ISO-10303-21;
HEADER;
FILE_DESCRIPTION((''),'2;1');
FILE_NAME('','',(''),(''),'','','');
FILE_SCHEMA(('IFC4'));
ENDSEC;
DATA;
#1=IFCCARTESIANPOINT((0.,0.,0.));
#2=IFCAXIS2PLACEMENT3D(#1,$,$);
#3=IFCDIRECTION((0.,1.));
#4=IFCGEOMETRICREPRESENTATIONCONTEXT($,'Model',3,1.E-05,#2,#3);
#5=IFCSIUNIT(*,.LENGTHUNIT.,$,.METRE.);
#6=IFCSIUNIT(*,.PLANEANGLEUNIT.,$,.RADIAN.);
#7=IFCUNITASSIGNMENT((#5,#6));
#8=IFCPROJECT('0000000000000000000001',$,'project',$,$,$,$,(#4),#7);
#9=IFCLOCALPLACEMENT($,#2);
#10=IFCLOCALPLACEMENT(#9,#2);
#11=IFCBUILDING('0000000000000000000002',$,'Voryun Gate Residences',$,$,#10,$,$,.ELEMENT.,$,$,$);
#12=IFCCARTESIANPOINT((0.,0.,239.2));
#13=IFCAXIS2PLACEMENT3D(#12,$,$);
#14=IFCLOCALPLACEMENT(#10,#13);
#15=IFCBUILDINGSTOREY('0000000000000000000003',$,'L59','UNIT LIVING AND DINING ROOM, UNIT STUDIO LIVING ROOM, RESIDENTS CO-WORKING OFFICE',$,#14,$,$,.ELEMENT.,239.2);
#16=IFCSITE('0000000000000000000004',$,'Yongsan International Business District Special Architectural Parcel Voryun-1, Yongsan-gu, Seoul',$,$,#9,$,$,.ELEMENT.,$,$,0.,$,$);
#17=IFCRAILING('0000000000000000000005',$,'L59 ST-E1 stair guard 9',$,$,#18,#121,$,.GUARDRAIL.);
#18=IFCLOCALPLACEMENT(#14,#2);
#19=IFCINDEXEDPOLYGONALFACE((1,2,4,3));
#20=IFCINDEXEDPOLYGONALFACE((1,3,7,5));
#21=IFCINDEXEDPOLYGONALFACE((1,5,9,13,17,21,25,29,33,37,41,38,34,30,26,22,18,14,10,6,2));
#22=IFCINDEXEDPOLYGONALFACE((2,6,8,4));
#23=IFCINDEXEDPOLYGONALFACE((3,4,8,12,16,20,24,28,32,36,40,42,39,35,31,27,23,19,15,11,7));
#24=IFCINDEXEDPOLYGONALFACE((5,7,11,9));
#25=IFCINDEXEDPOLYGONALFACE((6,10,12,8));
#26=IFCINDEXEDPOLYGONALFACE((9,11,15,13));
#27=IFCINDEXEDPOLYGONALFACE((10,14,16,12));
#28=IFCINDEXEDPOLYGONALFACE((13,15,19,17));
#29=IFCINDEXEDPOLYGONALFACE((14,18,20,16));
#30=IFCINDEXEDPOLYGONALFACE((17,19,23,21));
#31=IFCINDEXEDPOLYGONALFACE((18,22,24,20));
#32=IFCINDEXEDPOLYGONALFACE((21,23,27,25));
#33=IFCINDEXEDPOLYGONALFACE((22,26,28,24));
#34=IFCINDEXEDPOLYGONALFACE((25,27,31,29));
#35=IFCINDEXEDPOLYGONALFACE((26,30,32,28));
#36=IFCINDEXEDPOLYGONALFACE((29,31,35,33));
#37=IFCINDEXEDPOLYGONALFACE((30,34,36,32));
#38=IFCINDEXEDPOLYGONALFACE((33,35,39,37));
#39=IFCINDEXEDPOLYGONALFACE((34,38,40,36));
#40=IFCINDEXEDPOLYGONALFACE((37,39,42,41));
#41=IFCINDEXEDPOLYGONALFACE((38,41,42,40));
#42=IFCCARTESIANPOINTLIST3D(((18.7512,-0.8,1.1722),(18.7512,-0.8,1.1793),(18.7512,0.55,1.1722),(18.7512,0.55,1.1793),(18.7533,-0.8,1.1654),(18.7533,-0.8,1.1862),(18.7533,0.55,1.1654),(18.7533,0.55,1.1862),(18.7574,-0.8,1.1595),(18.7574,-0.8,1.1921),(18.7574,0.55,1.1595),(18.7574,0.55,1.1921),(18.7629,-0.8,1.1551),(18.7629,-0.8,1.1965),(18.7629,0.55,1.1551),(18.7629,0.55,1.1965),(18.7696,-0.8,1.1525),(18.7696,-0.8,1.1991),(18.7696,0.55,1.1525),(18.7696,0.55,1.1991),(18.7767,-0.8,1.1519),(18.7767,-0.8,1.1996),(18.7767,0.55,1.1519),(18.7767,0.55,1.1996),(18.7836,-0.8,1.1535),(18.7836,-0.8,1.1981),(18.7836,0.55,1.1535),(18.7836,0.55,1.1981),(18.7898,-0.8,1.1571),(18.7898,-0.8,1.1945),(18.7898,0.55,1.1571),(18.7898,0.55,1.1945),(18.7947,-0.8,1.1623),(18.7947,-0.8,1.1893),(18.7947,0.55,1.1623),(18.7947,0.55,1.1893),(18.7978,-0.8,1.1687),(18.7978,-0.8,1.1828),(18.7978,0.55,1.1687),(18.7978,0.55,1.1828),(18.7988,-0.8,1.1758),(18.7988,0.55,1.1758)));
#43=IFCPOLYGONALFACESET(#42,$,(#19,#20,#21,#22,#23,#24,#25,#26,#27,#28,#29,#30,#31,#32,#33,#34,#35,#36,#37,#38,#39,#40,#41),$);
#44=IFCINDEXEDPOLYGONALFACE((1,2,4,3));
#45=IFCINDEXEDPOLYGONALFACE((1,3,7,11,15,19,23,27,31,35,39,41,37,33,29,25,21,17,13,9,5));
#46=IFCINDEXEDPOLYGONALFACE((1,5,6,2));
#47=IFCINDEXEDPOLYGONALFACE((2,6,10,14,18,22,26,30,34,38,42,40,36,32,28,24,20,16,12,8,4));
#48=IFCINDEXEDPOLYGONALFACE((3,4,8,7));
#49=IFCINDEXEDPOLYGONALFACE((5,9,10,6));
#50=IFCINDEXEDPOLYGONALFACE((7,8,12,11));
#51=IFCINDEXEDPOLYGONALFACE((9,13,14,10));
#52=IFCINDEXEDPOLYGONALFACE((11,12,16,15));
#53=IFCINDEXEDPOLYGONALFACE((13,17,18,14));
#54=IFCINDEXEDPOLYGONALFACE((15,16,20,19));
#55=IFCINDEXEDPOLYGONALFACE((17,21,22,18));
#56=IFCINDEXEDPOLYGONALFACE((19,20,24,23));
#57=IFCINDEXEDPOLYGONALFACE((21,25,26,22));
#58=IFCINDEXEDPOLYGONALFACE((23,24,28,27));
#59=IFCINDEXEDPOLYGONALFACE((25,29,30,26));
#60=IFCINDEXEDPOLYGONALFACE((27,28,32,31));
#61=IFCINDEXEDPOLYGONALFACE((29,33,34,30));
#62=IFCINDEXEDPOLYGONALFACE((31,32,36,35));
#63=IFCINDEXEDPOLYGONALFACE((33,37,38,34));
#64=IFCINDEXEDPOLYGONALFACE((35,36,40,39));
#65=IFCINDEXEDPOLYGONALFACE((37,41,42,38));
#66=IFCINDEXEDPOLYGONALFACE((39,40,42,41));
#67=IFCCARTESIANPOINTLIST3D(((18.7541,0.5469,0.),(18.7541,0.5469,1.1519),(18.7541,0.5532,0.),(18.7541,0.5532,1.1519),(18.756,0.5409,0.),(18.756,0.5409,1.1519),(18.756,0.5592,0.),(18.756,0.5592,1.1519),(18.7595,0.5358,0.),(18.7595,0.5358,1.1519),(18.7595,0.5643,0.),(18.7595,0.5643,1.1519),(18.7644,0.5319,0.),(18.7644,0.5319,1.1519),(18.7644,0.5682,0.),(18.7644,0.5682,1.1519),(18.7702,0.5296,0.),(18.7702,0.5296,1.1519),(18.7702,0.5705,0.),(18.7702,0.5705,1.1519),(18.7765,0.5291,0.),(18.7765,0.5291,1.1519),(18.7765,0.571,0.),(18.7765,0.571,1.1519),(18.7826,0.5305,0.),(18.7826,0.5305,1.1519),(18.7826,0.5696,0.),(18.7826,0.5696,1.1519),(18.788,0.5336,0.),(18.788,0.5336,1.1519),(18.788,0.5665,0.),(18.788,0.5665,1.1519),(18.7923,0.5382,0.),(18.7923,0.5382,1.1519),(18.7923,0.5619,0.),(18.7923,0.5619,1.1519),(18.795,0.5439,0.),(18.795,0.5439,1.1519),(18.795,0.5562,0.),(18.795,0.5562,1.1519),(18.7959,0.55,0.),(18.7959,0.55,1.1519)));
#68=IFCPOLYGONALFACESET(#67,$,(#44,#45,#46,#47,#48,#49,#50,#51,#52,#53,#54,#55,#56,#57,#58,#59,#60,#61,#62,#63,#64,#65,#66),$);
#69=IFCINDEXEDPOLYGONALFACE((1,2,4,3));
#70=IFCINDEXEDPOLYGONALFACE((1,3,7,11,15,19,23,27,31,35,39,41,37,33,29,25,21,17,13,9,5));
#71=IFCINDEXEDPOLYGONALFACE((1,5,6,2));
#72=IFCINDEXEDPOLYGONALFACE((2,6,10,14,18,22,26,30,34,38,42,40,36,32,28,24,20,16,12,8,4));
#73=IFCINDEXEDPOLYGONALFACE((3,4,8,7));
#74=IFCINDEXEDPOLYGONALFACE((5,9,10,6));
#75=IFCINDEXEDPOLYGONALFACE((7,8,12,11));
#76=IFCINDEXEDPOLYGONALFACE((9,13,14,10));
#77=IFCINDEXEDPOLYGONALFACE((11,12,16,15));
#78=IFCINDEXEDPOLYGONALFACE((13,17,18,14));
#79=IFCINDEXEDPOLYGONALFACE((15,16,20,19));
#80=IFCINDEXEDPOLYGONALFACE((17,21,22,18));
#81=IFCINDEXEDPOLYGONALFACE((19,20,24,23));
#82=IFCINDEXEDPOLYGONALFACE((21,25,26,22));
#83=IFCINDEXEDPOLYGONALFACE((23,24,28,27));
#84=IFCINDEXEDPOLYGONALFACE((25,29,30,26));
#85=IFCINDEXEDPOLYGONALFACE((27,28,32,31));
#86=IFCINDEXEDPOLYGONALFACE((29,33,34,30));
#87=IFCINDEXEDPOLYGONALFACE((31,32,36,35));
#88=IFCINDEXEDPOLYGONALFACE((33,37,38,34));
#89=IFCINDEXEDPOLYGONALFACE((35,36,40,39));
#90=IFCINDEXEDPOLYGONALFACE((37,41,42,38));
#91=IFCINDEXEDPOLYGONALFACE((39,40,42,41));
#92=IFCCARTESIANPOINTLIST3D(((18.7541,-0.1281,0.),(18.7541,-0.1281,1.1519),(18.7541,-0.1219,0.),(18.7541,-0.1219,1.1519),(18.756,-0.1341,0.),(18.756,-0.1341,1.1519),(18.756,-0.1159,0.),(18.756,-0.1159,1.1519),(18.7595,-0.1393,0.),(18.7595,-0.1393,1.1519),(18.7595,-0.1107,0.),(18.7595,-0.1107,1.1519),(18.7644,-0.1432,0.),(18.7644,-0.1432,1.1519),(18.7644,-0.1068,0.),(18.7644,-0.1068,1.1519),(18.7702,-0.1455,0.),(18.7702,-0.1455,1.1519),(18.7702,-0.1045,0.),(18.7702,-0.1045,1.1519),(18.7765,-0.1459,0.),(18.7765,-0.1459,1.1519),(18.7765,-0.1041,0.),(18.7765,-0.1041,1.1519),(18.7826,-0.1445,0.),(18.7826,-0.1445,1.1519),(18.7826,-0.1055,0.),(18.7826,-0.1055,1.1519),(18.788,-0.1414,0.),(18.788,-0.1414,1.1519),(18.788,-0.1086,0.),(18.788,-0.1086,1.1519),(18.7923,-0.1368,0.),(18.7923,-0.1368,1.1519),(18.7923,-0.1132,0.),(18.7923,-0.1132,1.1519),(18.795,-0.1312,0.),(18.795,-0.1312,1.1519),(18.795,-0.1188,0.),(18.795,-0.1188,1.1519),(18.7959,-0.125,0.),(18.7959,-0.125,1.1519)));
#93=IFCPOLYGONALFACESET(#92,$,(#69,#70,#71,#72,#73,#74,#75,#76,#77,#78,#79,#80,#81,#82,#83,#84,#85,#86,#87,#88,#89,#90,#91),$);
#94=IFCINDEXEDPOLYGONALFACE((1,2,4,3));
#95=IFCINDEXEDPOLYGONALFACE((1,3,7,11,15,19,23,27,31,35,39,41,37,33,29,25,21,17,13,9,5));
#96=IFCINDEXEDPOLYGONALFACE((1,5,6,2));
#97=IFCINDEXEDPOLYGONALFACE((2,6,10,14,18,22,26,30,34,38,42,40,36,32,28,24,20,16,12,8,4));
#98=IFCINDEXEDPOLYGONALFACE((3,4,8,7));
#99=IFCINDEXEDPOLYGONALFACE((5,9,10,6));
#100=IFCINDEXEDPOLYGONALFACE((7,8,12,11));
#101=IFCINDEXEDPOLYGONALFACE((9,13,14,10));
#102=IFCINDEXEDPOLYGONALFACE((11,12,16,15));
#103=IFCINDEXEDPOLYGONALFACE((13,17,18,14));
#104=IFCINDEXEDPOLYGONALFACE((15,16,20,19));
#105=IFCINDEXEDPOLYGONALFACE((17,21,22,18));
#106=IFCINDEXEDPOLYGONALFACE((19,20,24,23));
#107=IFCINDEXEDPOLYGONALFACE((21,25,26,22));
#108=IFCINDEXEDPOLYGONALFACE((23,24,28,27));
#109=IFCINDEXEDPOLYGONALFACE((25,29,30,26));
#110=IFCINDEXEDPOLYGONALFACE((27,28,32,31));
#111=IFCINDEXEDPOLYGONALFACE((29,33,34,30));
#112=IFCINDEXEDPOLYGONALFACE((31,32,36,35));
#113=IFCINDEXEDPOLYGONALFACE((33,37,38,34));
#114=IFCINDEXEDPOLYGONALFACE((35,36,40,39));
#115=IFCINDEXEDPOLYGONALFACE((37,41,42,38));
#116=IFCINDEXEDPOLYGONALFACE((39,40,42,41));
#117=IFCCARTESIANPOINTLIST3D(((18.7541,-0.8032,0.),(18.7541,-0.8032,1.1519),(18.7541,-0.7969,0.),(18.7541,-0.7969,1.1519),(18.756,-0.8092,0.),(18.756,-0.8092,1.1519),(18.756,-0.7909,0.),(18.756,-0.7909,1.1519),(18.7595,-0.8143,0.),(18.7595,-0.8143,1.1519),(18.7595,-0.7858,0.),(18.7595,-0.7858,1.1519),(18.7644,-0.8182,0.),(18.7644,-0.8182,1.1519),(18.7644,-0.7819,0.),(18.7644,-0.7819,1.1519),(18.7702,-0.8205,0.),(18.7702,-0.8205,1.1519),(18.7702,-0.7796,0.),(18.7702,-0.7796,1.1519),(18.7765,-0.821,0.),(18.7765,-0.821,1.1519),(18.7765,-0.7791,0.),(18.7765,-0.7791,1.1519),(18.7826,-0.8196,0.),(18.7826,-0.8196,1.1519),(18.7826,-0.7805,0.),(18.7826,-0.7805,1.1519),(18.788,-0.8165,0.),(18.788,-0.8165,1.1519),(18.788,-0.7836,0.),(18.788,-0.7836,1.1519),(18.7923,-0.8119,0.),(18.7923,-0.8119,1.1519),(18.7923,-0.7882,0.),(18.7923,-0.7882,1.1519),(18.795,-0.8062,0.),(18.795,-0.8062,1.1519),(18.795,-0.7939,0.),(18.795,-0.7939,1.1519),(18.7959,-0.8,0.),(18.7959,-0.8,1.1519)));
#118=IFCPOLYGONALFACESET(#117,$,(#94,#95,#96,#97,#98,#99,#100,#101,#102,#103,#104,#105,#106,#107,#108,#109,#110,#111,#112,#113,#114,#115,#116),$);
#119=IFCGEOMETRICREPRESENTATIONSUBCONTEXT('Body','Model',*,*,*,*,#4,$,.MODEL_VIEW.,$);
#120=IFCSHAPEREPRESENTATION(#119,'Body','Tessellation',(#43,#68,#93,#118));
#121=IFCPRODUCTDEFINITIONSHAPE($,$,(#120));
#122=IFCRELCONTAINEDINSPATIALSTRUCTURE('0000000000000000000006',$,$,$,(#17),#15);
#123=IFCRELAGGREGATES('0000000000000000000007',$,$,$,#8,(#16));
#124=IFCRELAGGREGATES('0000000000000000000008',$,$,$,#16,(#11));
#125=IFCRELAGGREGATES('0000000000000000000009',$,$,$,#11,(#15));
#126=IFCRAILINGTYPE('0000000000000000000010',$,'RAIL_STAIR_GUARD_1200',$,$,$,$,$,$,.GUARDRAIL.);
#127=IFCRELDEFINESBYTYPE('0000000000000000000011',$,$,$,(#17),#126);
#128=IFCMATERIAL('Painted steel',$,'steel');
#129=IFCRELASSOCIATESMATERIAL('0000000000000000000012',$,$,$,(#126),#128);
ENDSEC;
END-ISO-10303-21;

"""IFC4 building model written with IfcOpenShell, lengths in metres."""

from ifc_helpers import new_model, si_unit, direction, frame, origin, origin_2d, place, context, subcontext, project, spatial, circle, extrude, material, type_object, element, save


model = new_model("IFC4")

# Units and contexts
model_context = context("Model", 3, precision=1e-05, world=origin(), true_north=direction((0.0, 1.0)))
body_context = subcontext(model_context, "Body", "Model", "MODEL_VIEW")
ifc_project = project(units=[si_unit("LENGTHUNIT", "METRE"), si_unit("PLANEANGLEUNIT", "RADIAN")], contexts=[model_context])

# Site, building, storey
site_placement = place(None, origin())
site = spatial("IfcSite", under=ifc_project, at=site_placement, Name="Yongsan International Business District Special Architectural Parcel Voryun-1, Yongsan-gu, Seoul", CompositionType="ELEMENT", RefElevation=0.0)
building_placement = place(site_placement, origin())
building = spatial("IfcBuilding", under=site, at=building_placement, Name="Voryun Gate Residences", CompositionType="ELEMENT")
storey_placement = place(building_placement, frame((0.0, 0.0, 239.2)))
storey = spatial("IfcBuildingStorey", under=building, at=storey_placement, Name="L59", Description="UNIT LIVING AND DINING ROOM, UNIT STUDIO LIVING ROOM, RESIDENTS CO-WORKING OFFICE", CompositionType="ELEMENT", Elevation=239.2)

# Railing
ifc_material_1 = material(Name="Painted steel", Category="steel")
railing_type = type_object("IfcRailingType", Name="RAIL_STAIR_GUARD_1200", PredefinedType="GUARDRAIL", material=ifc_material_1)
railing_1_placement = place(storey_placement, frame((18.7749, 0.55, 0.0)))
element("IfcRailing", 1, at=railing_1_placement, inside=storey, type_object=railing_type, Name="L59 ST-E1 stair guard 9", PredefinedType="GUARDRAIL", context=body_context, shape_type="SweptSolid", body=[
    extrude(circle(Radius=0.0239, at=origin_2d()), frame((0.0, 0.0, 1.1758), z_axis=(0.0, -1.0, 0.0), x_axis=(1.0, 0.0, 0.0)), (0.0, 0.0, 1.0), 1.3501),
    extrude(circle(Radius=0.021, at=origin_2d()), origin(), (0.0, 0.0, 1.0), 1.1519),
    extrude(circle(Radius=0.021, at=origin_2d()), frame((0.0, -0.675, 0.0)), (0.0, 0.0, 1.0), 1.1519),
    extrude(circle(Radius=0.021, at=origin_2d()), frame((0.0, -1.3501, 0.0)), (0.0, 0.0, 1.0), 1.1519),
])

save(model, "model.ifc")
